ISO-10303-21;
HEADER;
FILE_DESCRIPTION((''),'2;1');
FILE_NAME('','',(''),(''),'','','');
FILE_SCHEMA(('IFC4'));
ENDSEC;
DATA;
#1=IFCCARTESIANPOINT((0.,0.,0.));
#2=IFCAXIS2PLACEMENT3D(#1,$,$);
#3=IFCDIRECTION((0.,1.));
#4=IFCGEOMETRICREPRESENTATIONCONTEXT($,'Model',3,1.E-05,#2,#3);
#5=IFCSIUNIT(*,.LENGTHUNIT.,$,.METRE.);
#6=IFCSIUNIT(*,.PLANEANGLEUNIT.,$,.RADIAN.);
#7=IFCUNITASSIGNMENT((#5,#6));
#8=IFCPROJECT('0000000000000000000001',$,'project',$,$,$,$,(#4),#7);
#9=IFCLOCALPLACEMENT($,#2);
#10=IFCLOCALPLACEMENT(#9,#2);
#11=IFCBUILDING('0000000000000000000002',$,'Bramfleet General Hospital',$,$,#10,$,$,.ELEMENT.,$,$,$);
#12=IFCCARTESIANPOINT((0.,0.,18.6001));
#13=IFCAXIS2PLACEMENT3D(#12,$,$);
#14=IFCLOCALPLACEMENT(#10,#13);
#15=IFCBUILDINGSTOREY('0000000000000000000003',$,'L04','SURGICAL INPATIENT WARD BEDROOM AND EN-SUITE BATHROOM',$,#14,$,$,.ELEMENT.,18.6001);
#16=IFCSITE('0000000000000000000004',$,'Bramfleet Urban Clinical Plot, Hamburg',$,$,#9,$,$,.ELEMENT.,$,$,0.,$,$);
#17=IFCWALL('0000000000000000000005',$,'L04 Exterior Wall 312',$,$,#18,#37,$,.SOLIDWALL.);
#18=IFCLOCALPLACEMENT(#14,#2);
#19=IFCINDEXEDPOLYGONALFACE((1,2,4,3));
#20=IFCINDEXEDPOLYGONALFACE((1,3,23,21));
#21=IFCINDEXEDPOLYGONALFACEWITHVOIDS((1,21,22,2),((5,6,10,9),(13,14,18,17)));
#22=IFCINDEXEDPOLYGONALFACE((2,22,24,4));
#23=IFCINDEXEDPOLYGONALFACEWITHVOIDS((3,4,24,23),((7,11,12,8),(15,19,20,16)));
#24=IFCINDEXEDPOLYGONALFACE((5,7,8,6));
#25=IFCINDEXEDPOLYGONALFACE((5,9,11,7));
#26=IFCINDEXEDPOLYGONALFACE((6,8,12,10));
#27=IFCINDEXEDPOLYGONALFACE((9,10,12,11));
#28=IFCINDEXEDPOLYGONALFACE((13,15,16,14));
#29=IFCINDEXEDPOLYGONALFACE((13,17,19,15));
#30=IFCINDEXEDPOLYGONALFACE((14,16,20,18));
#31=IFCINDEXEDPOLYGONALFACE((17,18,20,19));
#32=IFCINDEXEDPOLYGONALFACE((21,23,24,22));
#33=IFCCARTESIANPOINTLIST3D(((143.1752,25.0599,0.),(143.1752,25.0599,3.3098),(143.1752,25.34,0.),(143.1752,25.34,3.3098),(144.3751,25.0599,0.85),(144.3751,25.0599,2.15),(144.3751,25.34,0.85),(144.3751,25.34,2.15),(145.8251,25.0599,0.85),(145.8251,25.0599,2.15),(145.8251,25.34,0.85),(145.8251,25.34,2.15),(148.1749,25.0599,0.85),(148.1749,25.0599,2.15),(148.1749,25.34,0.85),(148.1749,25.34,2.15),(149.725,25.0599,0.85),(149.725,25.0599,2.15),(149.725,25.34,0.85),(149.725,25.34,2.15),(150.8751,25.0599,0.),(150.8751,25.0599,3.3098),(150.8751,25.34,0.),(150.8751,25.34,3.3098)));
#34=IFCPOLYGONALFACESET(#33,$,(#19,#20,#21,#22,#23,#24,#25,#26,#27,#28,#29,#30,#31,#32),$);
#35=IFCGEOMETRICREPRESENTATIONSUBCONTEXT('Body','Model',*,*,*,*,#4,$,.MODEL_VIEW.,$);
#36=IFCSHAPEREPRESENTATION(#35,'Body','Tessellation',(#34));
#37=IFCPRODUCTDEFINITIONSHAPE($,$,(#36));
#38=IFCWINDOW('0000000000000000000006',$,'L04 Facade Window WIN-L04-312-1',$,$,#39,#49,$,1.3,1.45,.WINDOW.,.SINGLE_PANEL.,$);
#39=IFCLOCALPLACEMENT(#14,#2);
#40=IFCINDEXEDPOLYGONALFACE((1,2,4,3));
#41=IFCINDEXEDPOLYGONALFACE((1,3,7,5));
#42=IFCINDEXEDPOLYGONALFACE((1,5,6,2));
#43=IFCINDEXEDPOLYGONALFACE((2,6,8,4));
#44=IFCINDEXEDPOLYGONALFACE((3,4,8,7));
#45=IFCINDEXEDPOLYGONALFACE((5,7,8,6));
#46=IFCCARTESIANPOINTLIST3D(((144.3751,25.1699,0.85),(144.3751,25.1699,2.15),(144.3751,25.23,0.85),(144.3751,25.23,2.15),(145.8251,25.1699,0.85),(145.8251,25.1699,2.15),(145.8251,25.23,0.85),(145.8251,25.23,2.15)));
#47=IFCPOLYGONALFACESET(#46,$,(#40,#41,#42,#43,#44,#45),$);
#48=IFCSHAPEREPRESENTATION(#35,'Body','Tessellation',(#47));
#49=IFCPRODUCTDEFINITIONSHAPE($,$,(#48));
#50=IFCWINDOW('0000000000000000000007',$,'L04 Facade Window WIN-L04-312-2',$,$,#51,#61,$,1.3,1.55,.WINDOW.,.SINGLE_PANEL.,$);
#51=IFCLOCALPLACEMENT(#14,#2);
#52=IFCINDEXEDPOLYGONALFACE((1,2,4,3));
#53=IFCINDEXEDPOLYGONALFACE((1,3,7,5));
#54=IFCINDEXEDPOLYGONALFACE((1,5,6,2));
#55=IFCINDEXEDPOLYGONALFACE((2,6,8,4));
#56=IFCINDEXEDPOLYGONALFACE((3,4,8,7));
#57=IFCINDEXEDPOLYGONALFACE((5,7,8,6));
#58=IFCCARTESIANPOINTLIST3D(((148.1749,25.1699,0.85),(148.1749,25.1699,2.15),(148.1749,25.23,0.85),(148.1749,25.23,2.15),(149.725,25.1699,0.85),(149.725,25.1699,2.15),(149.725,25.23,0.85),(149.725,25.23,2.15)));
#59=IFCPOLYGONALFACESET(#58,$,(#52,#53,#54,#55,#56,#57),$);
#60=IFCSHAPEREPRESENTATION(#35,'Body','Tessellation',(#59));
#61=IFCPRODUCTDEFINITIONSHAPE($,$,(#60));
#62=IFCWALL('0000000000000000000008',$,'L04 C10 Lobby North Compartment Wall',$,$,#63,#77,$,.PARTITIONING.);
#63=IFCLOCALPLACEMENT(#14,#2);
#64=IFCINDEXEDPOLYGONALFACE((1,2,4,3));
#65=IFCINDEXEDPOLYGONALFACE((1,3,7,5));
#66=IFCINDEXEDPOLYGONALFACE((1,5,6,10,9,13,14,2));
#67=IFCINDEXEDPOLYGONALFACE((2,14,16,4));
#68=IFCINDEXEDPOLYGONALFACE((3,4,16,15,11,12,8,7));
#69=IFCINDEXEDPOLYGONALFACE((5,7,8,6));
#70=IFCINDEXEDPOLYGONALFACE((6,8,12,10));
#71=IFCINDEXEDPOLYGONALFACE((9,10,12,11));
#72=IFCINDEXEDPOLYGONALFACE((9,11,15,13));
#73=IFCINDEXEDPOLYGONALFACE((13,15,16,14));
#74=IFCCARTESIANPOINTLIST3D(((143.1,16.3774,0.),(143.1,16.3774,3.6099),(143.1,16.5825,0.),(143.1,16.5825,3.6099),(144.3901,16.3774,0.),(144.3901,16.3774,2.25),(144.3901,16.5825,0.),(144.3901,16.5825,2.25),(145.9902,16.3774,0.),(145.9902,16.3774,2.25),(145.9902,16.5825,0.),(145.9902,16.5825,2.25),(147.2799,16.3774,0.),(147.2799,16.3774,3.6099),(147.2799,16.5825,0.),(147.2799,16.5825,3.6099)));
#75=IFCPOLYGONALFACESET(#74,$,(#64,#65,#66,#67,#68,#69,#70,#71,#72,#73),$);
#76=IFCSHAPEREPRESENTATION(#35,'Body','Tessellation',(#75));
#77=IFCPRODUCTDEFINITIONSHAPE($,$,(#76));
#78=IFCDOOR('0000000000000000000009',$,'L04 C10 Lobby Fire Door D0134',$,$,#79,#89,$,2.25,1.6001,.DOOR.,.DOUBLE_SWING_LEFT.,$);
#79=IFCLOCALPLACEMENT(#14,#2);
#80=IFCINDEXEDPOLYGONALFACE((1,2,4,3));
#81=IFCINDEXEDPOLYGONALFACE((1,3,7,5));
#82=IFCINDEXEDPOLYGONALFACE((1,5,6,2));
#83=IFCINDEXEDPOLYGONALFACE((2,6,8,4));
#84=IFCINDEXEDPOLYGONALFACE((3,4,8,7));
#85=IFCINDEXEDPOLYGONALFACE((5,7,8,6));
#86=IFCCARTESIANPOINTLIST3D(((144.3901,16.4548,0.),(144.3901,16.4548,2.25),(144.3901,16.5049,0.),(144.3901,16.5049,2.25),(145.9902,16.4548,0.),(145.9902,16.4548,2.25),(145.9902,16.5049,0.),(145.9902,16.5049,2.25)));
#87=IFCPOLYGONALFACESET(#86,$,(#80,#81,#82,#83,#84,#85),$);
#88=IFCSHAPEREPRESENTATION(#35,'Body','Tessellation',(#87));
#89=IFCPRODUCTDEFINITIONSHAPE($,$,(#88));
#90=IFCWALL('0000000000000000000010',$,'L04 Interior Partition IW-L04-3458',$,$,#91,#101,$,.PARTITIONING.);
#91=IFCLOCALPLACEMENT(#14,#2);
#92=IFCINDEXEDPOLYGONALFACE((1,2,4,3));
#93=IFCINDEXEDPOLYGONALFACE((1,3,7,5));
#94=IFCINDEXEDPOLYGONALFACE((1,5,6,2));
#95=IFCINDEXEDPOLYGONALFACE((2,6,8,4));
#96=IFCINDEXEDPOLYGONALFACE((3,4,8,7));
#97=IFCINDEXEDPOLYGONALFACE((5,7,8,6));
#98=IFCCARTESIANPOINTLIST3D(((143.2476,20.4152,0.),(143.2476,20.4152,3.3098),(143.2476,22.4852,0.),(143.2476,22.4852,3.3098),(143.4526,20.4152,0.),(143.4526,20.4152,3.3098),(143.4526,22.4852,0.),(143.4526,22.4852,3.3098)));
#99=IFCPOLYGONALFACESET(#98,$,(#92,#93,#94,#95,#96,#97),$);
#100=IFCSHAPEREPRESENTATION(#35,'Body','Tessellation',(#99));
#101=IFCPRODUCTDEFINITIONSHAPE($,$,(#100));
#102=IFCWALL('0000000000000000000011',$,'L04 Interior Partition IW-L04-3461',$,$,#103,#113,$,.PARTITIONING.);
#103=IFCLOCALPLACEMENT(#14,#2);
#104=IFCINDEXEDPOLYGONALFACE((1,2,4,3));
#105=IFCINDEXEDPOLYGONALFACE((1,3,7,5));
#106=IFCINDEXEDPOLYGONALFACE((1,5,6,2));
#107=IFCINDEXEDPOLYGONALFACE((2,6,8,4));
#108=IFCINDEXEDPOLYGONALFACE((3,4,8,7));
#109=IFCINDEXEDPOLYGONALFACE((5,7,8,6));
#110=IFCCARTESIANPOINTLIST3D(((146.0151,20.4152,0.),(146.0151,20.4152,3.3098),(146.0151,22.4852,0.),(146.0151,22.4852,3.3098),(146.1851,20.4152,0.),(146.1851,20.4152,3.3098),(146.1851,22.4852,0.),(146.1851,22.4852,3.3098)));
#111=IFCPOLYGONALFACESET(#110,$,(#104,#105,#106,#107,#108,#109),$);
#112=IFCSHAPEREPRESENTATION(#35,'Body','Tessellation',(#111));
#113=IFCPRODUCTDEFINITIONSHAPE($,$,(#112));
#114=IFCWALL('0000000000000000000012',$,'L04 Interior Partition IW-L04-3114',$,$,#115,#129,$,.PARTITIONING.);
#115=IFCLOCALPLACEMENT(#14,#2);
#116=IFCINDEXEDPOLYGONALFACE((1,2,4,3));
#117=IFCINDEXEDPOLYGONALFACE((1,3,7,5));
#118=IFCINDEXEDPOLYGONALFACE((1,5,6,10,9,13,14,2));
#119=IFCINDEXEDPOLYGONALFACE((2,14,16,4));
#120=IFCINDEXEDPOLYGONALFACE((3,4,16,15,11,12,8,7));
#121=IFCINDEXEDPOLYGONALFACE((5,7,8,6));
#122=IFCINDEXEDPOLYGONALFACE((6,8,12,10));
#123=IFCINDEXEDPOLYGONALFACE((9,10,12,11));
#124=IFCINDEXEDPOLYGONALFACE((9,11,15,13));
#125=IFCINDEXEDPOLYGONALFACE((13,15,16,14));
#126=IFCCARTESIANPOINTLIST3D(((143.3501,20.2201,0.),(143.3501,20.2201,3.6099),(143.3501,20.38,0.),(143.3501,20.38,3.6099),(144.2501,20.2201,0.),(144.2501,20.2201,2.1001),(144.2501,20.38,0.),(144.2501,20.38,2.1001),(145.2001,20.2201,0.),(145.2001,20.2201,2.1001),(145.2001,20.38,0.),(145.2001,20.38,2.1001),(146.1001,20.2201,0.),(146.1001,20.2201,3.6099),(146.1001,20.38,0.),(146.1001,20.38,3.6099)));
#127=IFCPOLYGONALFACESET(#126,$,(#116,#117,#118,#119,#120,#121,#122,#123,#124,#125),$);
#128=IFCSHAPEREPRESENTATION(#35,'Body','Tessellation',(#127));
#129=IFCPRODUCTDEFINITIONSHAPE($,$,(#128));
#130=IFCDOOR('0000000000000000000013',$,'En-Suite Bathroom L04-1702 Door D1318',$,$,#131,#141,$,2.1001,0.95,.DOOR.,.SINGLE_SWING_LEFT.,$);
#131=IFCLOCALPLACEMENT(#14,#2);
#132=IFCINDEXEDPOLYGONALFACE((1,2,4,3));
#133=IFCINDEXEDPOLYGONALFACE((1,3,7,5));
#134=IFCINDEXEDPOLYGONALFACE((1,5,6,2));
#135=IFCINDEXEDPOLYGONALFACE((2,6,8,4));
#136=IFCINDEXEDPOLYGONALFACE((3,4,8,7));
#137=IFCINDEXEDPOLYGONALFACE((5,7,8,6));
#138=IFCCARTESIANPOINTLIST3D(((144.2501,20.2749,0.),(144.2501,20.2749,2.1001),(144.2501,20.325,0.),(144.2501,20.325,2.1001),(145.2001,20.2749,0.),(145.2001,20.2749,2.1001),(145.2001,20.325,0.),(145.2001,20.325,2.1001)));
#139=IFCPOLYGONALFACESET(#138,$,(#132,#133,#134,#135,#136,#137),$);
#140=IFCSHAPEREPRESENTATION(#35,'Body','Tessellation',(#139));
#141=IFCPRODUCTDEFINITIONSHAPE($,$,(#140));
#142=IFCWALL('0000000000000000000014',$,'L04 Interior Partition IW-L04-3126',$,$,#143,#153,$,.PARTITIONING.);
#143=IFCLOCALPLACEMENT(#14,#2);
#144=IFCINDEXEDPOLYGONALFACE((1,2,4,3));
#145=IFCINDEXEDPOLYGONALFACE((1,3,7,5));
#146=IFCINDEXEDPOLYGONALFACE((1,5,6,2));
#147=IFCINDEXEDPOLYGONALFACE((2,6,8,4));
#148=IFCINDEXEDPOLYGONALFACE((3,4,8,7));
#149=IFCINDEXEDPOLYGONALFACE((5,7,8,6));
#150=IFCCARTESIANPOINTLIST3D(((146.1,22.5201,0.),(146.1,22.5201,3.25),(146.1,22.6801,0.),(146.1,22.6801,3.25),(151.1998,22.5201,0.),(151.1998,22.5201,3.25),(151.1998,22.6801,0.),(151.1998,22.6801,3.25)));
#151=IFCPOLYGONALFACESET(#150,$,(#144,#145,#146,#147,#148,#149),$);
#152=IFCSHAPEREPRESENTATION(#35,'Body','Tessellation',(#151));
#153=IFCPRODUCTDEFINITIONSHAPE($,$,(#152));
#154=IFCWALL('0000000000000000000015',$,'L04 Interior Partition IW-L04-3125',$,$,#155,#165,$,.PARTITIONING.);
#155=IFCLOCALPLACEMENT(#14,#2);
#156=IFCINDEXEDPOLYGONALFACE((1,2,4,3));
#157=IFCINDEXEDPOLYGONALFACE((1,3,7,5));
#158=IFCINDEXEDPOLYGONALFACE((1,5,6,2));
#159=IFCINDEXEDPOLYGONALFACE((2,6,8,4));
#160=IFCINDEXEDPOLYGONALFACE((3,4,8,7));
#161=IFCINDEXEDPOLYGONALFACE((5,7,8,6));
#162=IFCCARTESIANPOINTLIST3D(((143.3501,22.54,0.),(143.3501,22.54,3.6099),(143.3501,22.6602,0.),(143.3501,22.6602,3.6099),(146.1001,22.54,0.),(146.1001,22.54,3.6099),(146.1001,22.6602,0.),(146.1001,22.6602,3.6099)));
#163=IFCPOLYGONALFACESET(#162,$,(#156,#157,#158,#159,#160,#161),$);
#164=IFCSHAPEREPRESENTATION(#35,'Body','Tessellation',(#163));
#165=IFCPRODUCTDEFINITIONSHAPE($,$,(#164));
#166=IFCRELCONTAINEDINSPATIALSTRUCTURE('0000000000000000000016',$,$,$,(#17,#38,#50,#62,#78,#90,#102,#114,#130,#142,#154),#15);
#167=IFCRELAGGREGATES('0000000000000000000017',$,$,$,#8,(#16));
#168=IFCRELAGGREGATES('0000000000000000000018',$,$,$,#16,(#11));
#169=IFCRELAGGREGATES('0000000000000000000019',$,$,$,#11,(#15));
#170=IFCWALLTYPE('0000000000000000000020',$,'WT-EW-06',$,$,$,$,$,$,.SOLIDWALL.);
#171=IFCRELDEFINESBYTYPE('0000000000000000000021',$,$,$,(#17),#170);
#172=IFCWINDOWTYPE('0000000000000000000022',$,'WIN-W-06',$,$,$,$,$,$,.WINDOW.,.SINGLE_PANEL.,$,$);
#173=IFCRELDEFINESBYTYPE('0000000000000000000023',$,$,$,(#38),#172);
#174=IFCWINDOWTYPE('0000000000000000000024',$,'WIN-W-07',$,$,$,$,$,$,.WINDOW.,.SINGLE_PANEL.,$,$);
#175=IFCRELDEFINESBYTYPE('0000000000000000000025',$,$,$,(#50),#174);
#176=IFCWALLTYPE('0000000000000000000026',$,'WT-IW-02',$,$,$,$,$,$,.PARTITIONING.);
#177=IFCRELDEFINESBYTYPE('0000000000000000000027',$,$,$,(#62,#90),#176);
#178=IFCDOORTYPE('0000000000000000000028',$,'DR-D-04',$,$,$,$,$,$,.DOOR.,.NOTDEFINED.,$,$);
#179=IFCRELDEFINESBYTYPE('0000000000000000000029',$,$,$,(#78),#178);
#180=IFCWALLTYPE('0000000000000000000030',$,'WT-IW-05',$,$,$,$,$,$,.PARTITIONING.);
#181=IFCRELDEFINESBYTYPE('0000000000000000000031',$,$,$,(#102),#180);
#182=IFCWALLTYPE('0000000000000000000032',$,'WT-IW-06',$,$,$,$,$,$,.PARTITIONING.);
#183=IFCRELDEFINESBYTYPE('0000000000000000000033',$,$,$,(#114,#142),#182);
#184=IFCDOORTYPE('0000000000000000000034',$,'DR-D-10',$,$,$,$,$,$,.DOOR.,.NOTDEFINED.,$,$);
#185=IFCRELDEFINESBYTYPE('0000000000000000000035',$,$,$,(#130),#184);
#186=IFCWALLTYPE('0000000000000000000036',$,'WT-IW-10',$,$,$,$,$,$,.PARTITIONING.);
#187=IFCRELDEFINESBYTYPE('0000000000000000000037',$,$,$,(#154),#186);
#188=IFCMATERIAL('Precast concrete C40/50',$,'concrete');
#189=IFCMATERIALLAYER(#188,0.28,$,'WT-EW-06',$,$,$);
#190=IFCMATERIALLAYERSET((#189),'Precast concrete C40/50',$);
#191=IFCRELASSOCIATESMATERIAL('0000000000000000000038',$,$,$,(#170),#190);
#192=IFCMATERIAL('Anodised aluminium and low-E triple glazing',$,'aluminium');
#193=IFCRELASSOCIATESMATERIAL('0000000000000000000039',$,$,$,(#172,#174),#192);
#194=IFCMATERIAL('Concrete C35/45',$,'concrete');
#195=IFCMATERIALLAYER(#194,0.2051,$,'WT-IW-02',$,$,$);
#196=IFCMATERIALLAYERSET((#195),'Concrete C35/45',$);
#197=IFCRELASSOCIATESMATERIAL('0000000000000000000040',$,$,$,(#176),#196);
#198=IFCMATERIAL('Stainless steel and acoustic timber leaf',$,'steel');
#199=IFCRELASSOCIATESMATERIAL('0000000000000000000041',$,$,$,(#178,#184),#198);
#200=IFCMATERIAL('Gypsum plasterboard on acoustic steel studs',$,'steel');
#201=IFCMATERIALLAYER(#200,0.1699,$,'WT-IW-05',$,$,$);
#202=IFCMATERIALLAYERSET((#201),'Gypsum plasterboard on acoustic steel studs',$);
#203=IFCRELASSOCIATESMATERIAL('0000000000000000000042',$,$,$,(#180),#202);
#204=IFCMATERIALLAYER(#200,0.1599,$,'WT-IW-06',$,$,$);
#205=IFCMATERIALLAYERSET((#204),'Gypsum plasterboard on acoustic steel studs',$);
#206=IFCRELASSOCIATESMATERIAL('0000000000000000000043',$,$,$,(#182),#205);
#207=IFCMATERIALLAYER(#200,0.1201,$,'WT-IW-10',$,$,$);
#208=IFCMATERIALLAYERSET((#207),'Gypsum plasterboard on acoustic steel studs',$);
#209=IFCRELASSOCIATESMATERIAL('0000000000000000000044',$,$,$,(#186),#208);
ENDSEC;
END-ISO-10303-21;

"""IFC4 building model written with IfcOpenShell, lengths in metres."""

from ifc_helpers import new_model, si_unit, direction, frame, frame_2d, origin, place, context, subcontext, project, spatial, rectangle, extrude, material, layer, layer_set, type_object, element, fill, save


model = new_model("IFC4")

# Units and contexts
model_context = context("Model", 3, precision=1e-05, world=origin(), true_north=direction((0.0, 1.0)))
body_context = subcontext(model_context, "Body", "Model", "MODEL_VIEW")
ifc_project = project(units=[si_unit("LENGTHUNIT", "METRE"), si_unit("PLANEANGLEUNIT", "RADIAN")], contexts=[model_context])

# Site, building, storey
site_placement = place(None, origin())
site = spatial("IfcSite", under=ifc_project, at=site_placement, Name="Bramfleet Urban Clinical Plot, Hamburg", CompositionType="ELEMENT", RefElevation=0.0)
building_placement = place(site_placement, origin())
building = spatial("IfcBuilding", under=site, at=building_placement, Name="Bramfleet General Hospital", CompositionType="ELEMENT")
storey_placement = place(building_placement, frame((0.0, 0.0, 18.6001)))
storey = spatial("IfcBuildingStorey", under=building, at=storey_placement, Name="L04", Description="SURGICAL INPATIENT WARD BEDROOM AND EN-SUITE BATHROOM", CompositionType="ELEMENT", Elevation=18.6001)

# Wall, openings, windows
ifc_material_1 = material(Name="Precast concrete C40/50", Category="concrete")
ifc_layer_1 = layer(ifc_material_1, 0.28, Name="WT-EW-06")
ifc_layer_set_1 = layer_set([ifc_layer_1], Name="Precast concrete C40/50")
wall_type_1 = type_object("IfcWallType", Name="WT-EW-06", PredefinedType="SOLIDWALL", material=ifc_layer_set_1)
wall_1_placement = place(storey_placement, frame((143.175, 25.2, 0.0), z_axis=(0.0, 0.0, 1.0), x_axis=(1.0, 0.0, 0.0)))
wall_1 = element("IfcWall", 1, at=wall_1_placement, inside=storey, type_object=wall_type_1, Name="L04 Exterior Wall 312", PredefinedType="SOLIDWALL", context=body_context, shape_type="SweptSolid", body=[
    extrude(rectangle(XDim=7.7, YDim=0.28, at=frame_2d((3.8501, 0.0))), origin(), (0.0, 0.0, 1.0), 3.3098),
])
opening_1_placement = place(wall_1_placement, frame((1.2, 0.0, 0.8501)))
opening_1 = element("IfcOpeningElement", 2, at=opening_1_placement, cuts=wall_1, PredefinedType="OPENING", context=body_context, shape_type="SweptSolid", body=[
    extrude(rectangle(XDim=1.45, YDim=1.3, at=frame_2d((0.7251, 0.6499))), frame((0.0, 0.1499, 0.0), z_axis=(0.0, -1.0, 0.0), x_axis=(1.0, 0.0, 0.0)), (0.0, 0.0, 1.0), 0.3),
])
opening_2_placement = place(wall_1_placement, frame((5.0, 0.0, 0.8501)))
opening_2 = element("IfcOpeningElement", 3, at=opening_2_placement, cuts=wall_1, PredefinedType="OPENING", context=body_context, shape_type="SweptSolid", body=[
    extrude(rectangle(XDim=1.55, YDim=1.3, at=frame_2d((0.7749, 0.6499))), frame((0.0, 0.1499, 0.0), z_axis=(0.0, -1.0, 0.0), x_axis=(1.0, 0.0, 0.0)), (0.0, 0.0, 1.0), 0.3),
])
ifc_material_2 = material(Name="Anodised aluminium and low-E triple glazing", Category="aluminium")
window_type_1 = type_object("IfcWindowType", Name="WIN-W-06", PartitioningType="SINGLE_PANEL", PredefinedType="WINDOW", material=ifc_material_2)
window_1_placement = place(opening_1_placement, origin())
window_1 = element("IfcWindow", 4, at=window_1_placement, inside=storey, type_object=window_type_1, Name="L04 Facade Window WIN-L04-312-1", OverallHeight=1.3, OverallWidth=1.45, PartitioningType="SINGLE_PANEL", PredefinedType="WINDOW", context=body_context, shape_type="SweptSolid", body=[
    extrude(rectangle(XDim=1.45, YDim=1.3, at=frame_2d((0.7251, 0.6499))), frame((0.0, 0.03, 0.0), z_axis=(0.0, -1.0, 0.0), x_axis=(1.0, 0.0, 0.0)), (0.0, 0.0, 1.0), 0.0601),
])
fill(opening_1, window_1)
window_type_2 = type_object("IfcWindowType", Name="WIN-W-07", PartitioningType="SINGLE_PANEL", PredefinedType="WINDOW", material=ifc_material_2)
window_2_placement = place(opening_2_placement, origin())
window_2 = element("IfcWindow", 5, at=window_2_placement, inside=storey, type_object=window_type_2, Name="L04 Facade Window WIN-L04-312-2", OverallHeight=1.3, OverallWidth=1.55, PartitioningType="SINGLE_PANEL", PredefinedType="WINDOW", context=body_context, shape_type="SweptSolid", body=[
    extrude(rectangle(XDim=1.55, YDim=1.3, at=frame_2d((0.7749, 0.6499))), frame((0.0, 0.03, 0.0), z_axis=(0.0, -1.0, 0.0), x_axis=(1.0, 0.0, 0.0)), (0.0, 0.0, 1.0), 0.0601),
])
fill(opening_2, window_2)

# Wall, opening, door
ifc_material_3 = material(Name="Concrete C35/45", Category="concrete")
ifc_layer_2 = layer(ifc_material_3, 0.2051, Name="WT-IW-02")
ifc_layer_set_2 = layer_set([ifc_layer_2], Name="Concrete C35/45")
wall_type_2 = type_object("IfcWallType", Name="WT-IW-02", PredefinedType="PARTITIONING", material=ifc_layer_set_2)
wall_2_placement = place(storey_placement, frame((143.1001, 16.48, 0.0), z_axis=(0.0, 0.0, 1.0), x_axis=(1.0, 0.0, 0.0)))
wall_2 = element("IfcWall", 6, at=wall_2_placement, inside=storey, type_object=wall_type_2, Name="L04 C10 Lobby North Compartment Wall", PredefinedType="PARTITIONING", context=body_context, shape_type="SweptSolid", body=[
    extrude(rectangle(XDim=4.1799, YDim=0.2051, at=frame_2d((2.0898, 0.0))), origin(), (0.0, 0.0, 1.0), 3.6099),
])
opening_3_placement = place(wall_2_placement, frame((1.29, 0.0, 0.0)))
opening_3 = element("IfcOpeningElement", 7, at=opening_3_placement, cuts=wall_2, PredefinedType="OPENING", context=body_context, shape_type="SweptSolid", body=[
    extrude(rectangle(XDim=1.6001, YDim=2.25, at=frame_2d((0.8, 1.125))), frame((0.0, 0.1125, 0.0), z_axis=(0.0, -1.0, 0.0), x_axis=(1.0, 0.0, 0.0)), (0.0, 0.0, 1.0), 0.2251),
])
ifc_material_4 = material(Name="Stainless steel and acoustic timber leaf", Category="steel")
door_type_1 = type_object("IfcDoorType", Name="DR-D-04", OperationType="NOTDEFINED", PredefinedType="DOOR", material=ifc_material_4)
door_1_placement = place(opening_3_placement, origin())
door_1 = element("IfcDoor", 8, at=door_1_placement, inside=storey, type_object=door_type_1, Name="L04 C10 Lobby Fire Door D0134", OperationType="DOUBLE_SWING_LEFT", OverallHeight=2.25, OverallWidth=1.6001, PredefinedType="DOOR", context=body_context, shape_type="SweptSolid", body=[
    extrude(rectangle(XDim=1.6001, YDim=2.25, at=frame_2d((0.8, 1.125))), frame((0.0, 0.0249, 0.0), z_axis=(0.0, -1.0, 0.0), x_axis=(1.0, 0.0, 0.0)), (0.0, 0.0, 1.0), 0.05),
])
fill(opening_3, door_1)

# Walls
wall_3_placement = place(storey_placement, frame((143.3501, 20.415, 0.0), z_axis=(0.0, 0.0, 1.0), x_axis=(0.0, 1.0, 0.0)))
element("IfcWall", 9, at=wall_3_placement, inside=storey, type_object=wall_type_2, Name="L04 Interior Partition IW-L04-3458", PredefinedType="PARTITIONING", context=body_context, shape_type="SweptSolid", body=[
    extrude(rectangle(XDim=2.0701, YDim=0.2051, at=frame_2d((1.0352, 0.0))), origin(), (0.0, 0.0, 1.0), 3.3098),
])
ifc_material_5 = material(Name="Gypsum plasterboard on acoustic steel studs", Category="steel")
ifc_layer_3 = layer(ifc_material_5, 0.1699, Name="WT-IW-05")
ifc_layer_set_3 = layer_set([ifc_layer_3], Name="Gypsum plasterboard on acoustic steel studs")
wall_type_3 = type_object("IfcWallType", Name="WT-IW-05", PredefinedType="PARTITIONING", material=ifc_layer_set_3)
wall_4_placement = place(storey_placement, frame((146.1001, 20.415, 0.0), z_axis=(0.0, 0.0, 1.0), x_axis=(0.0, 1.0, 0.0)))
element("IfcWall", 10, at=wall_4_placement, inside=storey, type_object=wall_type_3, Name="L04 Interior Partition IW-L04-3461", PredefinedType="PARTITIONING", context=body_context, shape_type="SweptSolid", body=[
    extrude(rectangle(XDim=2.0701, YDim=0.1699, at=frame_2d((1.0352, 0.0))), origin(), (0.0, 0.0, 1.0), 3.3098),
])

# Wall, opening, door
ifc_layer_4 = layer(ifc_material_5, 0.1599, Name="WT-IW-06")
ifc_layer_set_4 = layer_set([ifc_layer_4], Name="Gypsum plasterboard on acoustic steel studs")
wall_type_4 = type_object("IfcWallType", Name="WT-IW-06", PredefinedType="PARTITIONING", material=ifc_layer_set_4)
wall_5_placement = place(storey_placement, frame((143.3501, 20.3, 0.0), z_axis=(0.0, 0.0, 1.0), x_axis=(1.0, 0.0, 0.0)))
wall_5 = element("IfcWall", 11, at=wall_5_placement, inside=storey, type_object=wall_type_4, Name="L04 Interior Partition IW-L04-3114", PredefinedType="PARTITIONING", context=body_context, shape_type="SweptSolid", body=[
    extrude(rectangle(XDim=2.75, YDim=0.1599, at=frame_2d((1.375, 0.0))), origin(), (0.0, 0.0, 1.0), 3.6099),
])
opening_4_placement = place(wall_5_placement, frame((0.8999, 0.0, 0.0)))
opening_4 = element("IfcOpeningElement", 12, at=opening_4_placement, cuts=wall_5, PredefinedType="OPENING", context=body_context, shape_type="SweptSolid", body=[
    extrude(rectangle(XDim=0.95, YDim=2.1001, at=frame_2d((0.4751, 1.05))), frame((0.0, 0.0898, 0.0), z_axis=(0.0, -1.0, 0.0), x_axis=(1.0, 0.0, 0.0)), (0.0, 0.0, 1.0), 0.1799),
])
door_type_2 = type_object("IfcDoorType", Name="DR-D-10", OperationType="NOTDEFINED", PredefinedType="DOOR", material=ifc_material_4)
door_2_placement = place(opening_4_placement, origin())
door_2 = element("IfcDoor", 13, at=door_2_placement, inside=storey, type_object=door_type_2, Name="En-Suite Bathroom L04-1702 Door D1318", OperationType="SINGLE_SWING_LEFT", OverallHeight=2.1001, OverallWidth=0.95, PredefinedType="DOOR", context=body_context, shape_type="SweptSolid", body=[
    extrude(rectangle(XDim=0.95, YDim=2.1001, at=frame_2d((0.4751, 1.05))), frame((0.0, 0.0249, 0.0), z_axis=(0.0, -1.0, 0.0), x_axis=(1.0, 0.0, 0.0)), (0.0, 0.0, 1.0), 0.05),
])
fill(opening_4, door_2)

# Walls
wall_6_placement = place(storey_placement, frame((146.1001, 22.6001, 0.0), z_axis=(0.0, 0.0, 1.0), x_axis=(1.0, 0.0, 0.0)))
element("IfcWall", 14, at=wall_6_placement, inside=storey, type_object=wall_type_4, Name="L04 Interior Partition IW-L04-3126", PredefinedType="PARTITIONING", context=body_context, shape_type="SweptSolid", body=[
    extrude(rectangle(XDim=5.0999, YDim=0.1599, at=frame_2d((2.5498, 0.0))), origin(), (0.0, 0.0, 1.0), 3.25),
])
ifc_layer_5 = layer(ifc_material_5, 0.1201, Name="WT-IW-10")
ifc_layer_set_5 = layer_set([ifc_layer_5], Name="Gypsum plasterboard on acoustic steel studs")
wall_type_5 = type_object("IfcWallType", Name="WT-IW-10", PredefinedType="PARTITIONING", material=ifc_layer_set_5)
wall_7_placement = place(storey_placement, frame((143.3501, 22.6001, 0.0), z_axis=(0.0, 0.0, 1.0), x_axis=(1.0, 0.0, 0.0)))
element("IfcWall", 15, at=wall_7_placement, inside=storey, type_object=wall_type_5, Name="L04 Interior Partition IW-L04-3125", PredefinedType="PARTITIONING", context=body_context, shape_type="SweptSolid", body=[
    extrude(rectangle(XDim=2.75, YDim=0.1201, at=frame_2d((1.375, 0.0))), origin(), (0.0, 0.0, 1.0), 3.6099),
])

save(model, "model.ifc")
